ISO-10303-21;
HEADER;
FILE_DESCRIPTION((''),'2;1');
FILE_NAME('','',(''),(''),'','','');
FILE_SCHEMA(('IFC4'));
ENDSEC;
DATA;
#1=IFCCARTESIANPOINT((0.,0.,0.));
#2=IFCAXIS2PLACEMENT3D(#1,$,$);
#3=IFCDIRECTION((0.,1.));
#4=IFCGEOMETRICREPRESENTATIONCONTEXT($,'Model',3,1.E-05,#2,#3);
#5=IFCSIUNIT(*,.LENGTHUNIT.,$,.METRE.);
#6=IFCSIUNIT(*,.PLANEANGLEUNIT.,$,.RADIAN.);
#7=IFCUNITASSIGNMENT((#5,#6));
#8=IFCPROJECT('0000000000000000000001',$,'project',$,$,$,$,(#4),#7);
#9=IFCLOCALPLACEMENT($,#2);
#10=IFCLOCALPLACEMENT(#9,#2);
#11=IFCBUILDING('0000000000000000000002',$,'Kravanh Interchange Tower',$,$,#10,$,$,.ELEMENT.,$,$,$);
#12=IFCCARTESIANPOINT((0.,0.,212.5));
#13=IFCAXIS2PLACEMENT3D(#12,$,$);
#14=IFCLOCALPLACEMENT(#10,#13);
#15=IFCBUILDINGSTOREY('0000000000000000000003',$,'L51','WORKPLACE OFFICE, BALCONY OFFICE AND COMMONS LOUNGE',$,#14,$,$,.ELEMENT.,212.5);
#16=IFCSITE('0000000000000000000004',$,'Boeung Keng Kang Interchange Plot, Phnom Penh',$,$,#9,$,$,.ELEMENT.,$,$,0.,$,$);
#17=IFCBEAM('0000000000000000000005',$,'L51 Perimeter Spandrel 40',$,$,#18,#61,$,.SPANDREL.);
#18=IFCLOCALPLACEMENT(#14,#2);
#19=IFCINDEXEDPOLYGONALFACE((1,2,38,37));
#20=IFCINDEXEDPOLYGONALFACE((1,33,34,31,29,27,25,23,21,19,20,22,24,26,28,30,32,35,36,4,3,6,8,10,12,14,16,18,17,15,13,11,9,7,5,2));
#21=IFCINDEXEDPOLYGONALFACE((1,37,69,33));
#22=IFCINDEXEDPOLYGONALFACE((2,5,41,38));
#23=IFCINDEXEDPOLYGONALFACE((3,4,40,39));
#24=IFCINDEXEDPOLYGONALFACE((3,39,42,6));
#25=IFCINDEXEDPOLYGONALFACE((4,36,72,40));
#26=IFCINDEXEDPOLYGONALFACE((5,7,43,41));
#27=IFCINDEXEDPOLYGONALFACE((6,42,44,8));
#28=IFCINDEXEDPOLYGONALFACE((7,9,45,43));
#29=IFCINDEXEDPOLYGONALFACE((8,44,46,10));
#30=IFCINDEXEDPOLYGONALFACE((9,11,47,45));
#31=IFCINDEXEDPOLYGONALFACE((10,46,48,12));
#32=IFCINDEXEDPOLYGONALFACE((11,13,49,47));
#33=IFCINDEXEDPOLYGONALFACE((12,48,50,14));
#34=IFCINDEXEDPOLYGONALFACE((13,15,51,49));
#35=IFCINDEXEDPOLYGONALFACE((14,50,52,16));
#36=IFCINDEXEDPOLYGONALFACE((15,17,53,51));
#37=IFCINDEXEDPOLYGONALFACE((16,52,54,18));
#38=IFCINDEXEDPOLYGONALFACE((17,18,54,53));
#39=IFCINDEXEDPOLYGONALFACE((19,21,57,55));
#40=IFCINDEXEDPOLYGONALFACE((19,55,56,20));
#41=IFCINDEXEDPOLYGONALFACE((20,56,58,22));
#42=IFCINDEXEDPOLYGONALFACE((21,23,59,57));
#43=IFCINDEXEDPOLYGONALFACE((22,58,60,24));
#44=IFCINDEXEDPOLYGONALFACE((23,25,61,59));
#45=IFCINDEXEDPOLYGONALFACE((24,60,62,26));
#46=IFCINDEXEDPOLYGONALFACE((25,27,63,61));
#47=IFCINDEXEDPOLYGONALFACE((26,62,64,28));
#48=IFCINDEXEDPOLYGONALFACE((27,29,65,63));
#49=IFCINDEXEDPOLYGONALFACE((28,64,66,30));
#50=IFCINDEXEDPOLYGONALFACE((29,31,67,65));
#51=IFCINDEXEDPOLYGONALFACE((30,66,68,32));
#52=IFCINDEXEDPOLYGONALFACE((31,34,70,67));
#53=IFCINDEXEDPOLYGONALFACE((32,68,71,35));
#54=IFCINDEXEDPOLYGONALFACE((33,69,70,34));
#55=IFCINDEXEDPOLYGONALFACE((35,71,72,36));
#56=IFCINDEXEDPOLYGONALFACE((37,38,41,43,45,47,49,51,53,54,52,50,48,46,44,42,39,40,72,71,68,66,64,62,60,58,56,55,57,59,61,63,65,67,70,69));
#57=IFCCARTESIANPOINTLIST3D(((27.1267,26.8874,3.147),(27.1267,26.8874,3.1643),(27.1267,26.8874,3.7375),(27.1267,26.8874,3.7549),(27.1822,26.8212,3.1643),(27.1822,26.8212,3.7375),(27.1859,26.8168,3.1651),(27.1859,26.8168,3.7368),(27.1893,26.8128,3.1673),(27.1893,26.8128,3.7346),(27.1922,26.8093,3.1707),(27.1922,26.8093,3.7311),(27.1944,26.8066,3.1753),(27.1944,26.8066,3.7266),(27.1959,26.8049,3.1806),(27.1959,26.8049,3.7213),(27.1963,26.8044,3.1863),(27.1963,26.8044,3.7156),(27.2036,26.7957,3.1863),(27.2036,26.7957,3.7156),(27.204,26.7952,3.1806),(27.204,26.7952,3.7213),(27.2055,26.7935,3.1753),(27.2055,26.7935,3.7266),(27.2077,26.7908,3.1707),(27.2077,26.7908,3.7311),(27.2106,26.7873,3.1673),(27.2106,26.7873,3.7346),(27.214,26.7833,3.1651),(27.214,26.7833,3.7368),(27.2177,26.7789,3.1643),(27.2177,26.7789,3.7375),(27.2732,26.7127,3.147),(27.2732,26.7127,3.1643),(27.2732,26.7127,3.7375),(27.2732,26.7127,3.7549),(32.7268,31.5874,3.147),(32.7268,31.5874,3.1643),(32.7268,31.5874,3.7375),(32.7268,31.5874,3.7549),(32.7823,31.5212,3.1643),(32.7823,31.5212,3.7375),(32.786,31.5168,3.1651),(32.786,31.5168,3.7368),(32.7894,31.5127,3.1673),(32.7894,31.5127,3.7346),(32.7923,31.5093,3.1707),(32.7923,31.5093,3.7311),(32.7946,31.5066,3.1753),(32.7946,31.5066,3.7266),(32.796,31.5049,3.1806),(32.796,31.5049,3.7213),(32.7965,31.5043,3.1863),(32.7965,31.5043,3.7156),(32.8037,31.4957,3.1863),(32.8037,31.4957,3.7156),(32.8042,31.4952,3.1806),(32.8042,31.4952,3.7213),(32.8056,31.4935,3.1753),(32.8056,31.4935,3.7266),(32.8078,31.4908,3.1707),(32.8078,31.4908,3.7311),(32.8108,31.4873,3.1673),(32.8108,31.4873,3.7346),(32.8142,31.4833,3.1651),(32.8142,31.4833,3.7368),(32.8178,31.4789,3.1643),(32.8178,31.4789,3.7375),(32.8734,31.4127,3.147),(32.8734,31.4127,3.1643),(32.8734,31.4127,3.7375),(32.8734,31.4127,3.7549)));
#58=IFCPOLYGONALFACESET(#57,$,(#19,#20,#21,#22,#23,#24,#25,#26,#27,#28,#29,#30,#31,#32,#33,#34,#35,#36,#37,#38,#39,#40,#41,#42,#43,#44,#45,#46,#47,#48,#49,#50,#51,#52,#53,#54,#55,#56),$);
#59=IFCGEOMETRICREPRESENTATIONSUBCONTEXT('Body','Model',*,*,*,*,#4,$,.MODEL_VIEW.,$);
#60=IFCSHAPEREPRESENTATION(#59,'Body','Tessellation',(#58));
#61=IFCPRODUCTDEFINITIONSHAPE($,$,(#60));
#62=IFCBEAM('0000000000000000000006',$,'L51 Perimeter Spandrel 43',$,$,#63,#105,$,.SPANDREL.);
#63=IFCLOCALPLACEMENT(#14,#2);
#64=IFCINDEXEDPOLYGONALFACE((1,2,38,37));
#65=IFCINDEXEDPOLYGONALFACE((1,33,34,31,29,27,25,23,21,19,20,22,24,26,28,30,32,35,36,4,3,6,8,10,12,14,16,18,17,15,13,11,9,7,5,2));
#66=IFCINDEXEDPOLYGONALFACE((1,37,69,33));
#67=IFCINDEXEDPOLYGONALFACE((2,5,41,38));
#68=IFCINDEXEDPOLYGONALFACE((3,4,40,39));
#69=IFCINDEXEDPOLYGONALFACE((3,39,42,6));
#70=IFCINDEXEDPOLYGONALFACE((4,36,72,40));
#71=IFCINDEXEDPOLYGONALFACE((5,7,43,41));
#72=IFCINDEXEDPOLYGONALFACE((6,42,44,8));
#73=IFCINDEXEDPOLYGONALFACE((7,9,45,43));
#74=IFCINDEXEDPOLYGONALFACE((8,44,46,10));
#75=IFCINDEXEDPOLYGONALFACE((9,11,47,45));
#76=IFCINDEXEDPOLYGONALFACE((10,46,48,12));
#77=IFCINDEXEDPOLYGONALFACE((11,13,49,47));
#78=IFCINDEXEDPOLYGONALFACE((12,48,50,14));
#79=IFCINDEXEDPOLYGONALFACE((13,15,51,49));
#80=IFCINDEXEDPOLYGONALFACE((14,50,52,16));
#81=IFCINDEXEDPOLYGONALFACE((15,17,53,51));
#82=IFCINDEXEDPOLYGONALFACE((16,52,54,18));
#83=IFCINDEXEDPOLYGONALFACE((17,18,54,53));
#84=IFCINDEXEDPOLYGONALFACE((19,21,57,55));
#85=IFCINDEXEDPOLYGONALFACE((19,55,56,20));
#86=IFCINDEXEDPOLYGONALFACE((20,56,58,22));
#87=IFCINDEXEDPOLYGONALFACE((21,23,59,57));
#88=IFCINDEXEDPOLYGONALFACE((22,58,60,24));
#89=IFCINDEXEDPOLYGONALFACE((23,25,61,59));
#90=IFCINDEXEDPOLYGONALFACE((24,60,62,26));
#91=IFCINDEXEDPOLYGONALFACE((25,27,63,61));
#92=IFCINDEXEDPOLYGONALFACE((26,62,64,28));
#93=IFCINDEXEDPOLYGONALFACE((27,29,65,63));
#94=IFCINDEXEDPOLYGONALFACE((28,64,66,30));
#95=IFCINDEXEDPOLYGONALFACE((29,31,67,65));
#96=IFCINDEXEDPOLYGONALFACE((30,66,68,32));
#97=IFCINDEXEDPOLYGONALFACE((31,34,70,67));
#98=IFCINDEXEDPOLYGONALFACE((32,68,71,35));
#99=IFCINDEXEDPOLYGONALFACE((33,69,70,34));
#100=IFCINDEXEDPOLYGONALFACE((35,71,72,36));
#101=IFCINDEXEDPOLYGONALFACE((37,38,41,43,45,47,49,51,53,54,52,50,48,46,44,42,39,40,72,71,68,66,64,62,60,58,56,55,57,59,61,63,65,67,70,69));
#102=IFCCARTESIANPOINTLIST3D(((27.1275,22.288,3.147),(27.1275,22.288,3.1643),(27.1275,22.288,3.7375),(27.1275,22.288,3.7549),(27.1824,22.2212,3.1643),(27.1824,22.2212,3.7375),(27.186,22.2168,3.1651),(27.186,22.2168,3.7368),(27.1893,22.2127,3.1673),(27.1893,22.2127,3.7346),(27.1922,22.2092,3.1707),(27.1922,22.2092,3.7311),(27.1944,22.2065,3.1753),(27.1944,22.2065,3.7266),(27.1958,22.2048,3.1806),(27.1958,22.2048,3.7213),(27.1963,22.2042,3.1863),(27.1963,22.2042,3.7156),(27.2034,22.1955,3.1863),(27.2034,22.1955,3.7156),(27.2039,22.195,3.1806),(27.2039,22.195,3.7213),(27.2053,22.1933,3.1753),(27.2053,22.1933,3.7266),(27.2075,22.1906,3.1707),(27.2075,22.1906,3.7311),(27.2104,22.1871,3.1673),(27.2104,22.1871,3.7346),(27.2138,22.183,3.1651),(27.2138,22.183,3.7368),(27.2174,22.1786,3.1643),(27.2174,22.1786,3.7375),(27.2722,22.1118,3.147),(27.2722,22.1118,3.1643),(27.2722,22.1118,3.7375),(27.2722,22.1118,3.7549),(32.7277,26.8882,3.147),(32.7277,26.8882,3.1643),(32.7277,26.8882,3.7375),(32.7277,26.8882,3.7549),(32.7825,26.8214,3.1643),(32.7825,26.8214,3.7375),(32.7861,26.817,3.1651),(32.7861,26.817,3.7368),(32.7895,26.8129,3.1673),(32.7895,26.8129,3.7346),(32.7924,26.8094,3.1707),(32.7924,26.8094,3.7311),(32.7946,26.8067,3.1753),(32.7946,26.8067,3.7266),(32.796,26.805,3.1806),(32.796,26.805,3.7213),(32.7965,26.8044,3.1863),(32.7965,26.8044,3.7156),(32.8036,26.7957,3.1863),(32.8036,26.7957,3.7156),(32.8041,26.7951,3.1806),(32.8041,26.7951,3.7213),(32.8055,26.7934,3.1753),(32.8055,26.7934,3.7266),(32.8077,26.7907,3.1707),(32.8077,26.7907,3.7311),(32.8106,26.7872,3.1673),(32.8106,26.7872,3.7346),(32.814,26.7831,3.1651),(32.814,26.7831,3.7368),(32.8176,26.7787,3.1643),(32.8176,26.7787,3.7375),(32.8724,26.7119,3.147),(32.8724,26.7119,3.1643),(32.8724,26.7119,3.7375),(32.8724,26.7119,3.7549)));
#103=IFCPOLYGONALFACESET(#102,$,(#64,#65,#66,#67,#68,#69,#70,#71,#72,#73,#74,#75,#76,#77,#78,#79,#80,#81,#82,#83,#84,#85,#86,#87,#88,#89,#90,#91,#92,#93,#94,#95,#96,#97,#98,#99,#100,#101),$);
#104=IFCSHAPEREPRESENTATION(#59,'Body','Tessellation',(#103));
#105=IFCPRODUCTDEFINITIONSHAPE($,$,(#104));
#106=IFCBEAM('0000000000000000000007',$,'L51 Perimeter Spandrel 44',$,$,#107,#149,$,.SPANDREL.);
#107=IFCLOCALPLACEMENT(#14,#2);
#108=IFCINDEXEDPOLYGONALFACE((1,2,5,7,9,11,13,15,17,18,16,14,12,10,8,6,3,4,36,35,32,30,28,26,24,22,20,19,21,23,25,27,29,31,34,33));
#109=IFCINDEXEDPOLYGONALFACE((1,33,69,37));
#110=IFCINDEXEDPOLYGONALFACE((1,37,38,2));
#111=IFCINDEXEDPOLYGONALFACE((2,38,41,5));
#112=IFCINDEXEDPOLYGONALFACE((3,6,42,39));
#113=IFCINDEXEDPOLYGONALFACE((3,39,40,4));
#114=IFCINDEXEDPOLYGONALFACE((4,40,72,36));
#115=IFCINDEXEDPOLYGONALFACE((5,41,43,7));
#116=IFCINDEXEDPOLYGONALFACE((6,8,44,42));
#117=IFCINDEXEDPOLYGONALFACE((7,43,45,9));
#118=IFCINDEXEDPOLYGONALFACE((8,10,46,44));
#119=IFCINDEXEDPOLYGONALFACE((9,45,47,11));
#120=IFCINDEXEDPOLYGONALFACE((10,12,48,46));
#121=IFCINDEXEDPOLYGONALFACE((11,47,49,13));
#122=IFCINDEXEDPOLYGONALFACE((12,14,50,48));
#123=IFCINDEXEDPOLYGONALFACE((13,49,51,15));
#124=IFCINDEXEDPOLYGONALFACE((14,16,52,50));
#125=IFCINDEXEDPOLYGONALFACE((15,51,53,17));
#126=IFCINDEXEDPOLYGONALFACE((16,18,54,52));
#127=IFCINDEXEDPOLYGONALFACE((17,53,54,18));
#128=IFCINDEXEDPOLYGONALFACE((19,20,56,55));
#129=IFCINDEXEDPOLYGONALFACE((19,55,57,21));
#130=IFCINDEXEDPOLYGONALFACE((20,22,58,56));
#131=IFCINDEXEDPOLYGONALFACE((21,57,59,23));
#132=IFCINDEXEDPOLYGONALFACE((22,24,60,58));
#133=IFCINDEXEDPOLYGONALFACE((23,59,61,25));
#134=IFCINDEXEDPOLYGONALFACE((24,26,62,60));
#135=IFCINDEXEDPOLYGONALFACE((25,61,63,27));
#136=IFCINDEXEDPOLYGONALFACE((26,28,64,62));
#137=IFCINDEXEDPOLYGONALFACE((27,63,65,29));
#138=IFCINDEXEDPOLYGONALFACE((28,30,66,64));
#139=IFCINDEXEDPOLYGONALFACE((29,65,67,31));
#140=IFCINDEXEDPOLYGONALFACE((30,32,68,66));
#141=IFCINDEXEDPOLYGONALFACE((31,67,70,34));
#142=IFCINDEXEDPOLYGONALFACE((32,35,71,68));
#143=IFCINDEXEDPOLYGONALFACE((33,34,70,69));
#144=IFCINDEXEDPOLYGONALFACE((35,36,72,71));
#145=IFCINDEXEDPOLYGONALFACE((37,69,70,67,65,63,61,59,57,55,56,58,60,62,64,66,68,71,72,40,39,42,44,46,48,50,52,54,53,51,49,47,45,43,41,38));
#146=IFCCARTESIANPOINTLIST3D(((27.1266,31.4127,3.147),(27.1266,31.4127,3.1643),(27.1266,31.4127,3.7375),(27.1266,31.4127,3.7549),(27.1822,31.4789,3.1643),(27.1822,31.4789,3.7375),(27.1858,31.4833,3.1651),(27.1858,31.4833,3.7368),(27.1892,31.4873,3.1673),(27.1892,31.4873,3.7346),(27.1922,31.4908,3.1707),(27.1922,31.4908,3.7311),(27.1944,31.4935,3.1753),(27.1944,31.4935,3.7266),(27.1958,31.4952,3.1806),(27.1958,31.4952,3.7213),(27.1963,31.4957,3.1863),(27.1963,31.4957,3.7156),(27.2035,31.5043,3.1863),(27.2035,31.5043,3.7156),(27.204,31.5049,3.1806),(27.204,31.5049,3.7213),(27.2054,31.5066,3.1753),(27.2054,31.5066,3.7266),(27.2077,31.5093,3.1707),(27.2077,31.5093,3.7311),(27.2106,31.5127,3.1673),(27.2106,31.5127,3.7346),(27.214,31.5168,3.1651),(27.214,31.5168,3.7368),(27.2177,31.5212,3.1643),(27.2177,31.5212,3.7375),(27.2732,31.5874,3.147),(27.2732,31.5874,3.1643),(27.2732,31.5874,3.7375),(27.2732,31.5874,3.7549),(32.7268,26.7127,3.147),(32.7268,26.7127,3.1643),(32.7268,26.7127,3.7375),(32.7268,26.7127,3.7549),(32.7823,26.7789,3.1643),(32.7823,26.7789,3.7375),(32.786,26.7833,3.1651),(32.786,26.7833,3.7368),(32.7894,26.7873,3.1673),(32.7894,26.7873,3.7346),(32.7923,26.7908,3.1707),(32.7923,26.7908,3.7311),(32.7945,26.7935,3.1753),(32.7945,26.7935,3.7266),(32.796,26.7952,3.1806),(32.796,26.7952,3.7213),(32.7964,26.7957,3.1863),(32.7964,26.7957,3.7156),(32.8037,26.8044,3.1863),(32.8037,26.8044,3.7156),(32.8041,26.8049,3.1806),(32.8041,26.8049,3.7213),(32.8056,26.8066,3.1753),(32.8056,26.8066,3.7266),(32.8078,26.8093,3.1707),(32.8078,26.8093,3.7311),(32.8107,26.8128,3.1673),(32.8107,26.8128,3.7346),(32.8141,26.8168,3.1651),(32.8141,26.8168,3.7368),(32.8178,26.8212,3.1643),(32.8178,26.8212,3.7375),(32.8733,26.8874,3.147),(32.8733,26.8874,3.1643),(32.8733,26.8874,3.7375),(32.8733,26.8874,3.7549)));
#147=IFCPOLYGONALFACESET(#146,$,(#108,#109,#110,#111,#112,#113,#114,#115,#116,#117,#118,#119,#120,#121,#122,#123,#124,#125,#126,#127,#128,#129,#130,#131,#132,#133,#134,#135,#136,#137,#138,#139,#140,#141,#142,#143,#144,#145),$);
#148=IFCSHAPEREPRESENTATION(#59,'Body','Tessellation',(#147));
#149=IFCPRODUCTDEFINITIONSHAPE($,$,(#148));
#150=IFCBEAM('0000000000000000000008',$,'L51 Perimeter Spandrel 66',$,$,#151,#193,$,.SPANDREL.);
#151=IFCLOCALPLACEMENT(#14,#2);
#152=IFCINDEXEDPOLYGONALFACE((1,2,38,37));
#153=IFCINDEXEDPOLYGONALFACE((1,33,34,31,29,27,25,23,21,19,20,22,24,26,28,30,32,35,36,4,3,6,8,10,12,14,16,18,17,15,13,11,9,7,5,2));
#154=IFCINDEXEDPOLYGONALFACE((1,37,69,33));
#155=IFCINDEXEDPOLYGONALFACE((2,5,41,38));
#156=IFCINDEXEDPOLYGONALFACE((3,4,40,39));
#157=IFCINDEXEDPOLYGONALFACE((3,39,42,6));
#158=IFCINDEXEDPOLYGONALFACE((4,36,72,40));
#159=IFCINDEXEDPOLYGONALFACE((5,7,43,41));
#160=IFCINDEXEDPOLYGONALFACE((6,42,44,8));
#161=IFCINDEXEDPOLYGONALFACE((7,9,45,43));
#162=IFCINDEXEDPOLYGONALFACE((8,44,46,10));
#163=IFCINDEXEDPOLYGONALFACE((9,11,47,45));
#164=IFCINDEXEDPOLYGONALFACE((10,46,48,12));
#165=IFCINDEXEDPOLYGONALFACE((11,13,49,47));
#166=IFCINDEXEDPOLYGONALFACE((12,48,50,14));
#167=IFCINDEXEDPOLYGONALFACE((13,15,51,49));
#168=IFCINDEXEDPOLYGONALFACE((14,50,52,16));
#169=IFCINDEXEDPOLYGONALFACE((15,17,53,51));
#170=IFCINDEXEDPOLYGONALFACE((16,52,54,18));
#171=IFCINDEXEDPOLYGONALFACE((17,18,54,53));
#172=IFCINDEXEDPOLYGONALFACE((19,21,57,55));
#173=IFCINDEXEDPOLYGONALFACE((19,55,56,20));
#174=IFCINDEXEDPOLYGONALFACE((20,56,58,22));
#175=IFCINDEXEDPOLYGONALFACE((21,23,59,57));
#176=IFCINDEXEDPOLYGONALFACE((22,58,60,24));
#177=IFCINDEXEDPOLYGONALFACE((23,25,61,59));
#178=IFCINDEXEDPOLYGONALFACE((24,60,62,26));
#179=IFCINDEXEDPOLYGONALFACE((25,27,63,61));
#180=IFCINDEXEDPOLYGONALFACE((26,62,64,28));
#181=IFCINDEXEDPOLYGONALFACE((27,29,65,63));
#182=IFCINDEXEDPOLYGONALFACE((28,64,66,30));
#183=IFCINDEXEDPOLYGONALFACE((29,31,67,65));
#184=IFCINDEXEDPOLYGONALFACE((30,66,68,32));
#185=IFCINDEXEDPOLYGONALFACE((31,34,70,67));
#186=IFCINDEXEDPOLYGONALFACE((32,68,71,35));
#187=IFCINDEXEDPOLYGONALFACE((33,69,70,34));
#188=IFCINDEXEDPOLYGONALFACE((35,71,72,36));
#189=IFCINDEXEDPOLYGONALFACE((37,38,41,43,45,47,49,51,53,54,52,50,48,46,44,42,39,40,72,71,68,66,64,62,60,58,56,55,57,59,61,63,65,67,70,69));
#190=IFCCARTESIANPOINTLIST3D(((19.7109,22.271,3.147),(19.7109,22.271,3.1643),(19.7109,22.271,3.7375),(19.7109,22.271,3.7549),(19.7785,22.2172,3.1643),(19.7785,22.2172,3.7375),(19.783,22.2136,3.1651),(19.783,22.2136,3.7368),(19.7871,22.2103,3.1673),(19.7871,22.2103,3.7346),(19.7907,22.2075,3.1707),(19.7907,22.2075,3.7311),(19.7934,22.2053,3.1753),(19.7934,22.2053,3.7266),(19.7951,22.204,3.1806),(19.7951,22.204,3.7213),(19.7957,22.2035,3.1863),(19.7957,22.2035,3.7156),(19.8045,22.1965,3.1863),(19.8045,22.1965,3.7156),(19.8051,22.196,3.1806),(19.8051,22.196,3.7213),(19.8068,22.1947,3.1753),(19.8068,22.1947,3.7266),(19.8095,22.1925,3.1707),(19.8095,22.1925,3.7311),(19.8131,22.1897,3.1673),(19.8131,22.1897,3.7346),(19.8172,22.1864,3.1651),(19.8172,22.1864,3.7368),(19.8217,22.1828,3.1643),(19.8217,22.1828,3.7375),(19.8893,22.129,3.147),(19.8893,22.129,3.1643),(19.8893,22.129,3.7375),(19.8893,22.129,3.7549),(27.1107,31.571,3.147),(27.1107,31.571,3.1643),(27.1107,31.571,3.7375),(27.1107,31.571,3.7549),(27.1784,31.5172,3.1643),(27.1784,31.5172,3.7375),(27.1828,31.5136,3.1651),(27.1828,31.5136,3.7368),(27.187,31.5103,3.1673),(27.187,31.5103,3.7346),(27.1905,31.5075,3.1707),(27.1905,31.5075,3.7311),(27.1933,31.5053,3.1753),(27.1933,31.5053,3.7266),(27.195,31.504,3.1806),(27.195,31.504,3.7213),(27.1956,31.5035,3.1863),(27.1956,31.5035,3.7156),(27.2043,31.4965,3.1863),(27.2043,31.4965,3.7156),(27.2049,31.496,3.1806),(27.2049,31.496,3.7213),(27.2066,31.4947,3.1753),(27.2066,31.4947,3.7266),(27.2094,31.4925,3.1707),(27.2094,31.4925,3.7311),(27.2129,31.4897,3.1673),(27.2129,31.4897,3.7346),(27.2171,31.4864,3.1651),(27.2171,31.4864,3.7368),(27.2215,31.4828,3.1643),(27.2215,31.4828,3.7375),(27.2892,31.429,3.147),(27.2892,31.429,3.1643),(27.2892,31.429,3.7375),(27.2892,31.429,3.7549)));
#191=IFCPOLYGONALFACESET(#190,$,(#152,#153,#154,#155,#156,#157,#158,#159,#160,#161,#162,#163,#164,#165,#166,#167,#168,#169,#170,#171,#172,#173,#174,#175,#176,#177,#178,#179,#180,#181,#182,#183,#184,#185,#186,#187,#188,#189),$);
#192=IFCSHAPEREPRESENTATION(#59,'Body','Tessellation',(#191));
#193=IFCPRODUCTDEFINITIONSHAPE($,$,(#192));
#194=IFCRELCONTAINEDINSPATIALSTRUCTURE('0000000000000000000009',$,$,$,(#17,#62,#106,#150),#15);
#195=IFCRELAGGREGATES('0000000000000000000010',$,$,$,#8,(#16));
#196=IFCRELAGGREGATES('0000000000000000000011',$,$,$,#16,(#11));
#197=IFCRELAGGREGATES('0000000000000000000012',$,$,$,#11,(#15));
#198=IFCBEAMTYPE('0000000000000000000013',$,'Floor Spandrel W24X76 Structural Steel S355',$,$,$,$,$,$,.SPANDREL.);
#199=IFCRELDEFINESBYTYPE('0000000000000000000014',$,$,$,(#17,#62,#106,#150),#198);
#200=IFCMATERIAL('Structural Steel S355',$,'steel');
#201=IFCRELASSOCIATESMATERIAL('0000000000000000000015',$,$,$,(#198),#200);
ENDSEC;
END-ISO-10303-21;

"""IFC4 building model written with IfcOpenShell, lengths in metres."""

from ifc_helpers import new_model, si_unit, direction, frame, origin, origin_2d, place, context, subcontext, project, spatial, i_section, extrude, material, material_profile, profile_set, type_object, element, save


model = new_model("IFC4")

# Units and contexts
model_context = context("Model", 3, precision=1e-05, world=origin(), true_north=direction((0.0, 1.0)))
body_context = subcontext(model_context, "Body", "Model", "MODEL_VIEW")
ifc_project = project(units=[si_unit("LENGTHUNIT", "METRE"), si_unit("PLANEANGLEUNIT", "RADIAN")], contexts=[model_context])

# Site, building, storey
site_placement = place(None, origin())
site = spatial("IfcSite", under=ifc_project, at=site_placement, Name="Boeung Keng Kang Interchange Plot, Phnom Penh", CompositionType="ELEMENT", RefElevation=0.0)
building_placement = place(site_placement, origin())
building = spatial("IfcBuilding", under=site, at=building_placement, Name="Kravanh Interchange Tower", CompositionType="ELEMENT")
storey_placement = place(building_placement, frame((0.0, 0.0, 212.5)))
storey = spatial("IfcBuildingStorey", under=building, at=storey_placement, Name="L51", Description="WORKPLACE OFFICE, BALCONY OFFICE AND COMMONS LOUNGE", CompositionType="ELEMENT", Elevation=212.5)

# Beams
ifc_material_1 = material(Name="Structural Steel S355", Category="steel")
ifc_material_profile_1 = material_profile(ifc_material_1, i_section(OverallWidth=0.228, OverallDepth=0.6079, WebThickness=0.0112, FlangeThickness=0.0173, FilletRadius=0.022, at=origin_2d()), Name="W24X76")
ifc_profile_set_1 = profile_set([ifc_material_profile_1], Name="Structural Steel S355")
beam_type_1 = type_object("IfcBeamType", Name="Floor Spandrel W24X76 Structural Steel S355", PredefinedType="SPANDREL", material=ifc_profile_set_1)
beam_1_placement = place(storey_placement, frame((27.2, 26.8, 3.4509), z_axis=(0.765983, 0.642861, 0.0), x_axis=(-0.642861, 0.765983, 0.0)))
element("IfcBeam", 1, at=beam_1_placement, inside=storey, type_object=beam_type_1, Name="L51 Perimeter Spandrel 40", PredefinedType="SPANDREL", context=body_context, shape_type="SweptSolid", body=[
    extrude(i_section(OverallWidth=0.228, OverallDepth=0.6079, WebThickness=0.0112, FlangeThickness=0.0173, FilletRadius=0.022, at=origin_2d()), origin(), (0.0, 0.0, 1.0), 7.311),
])
beam_2_placement = place(storey_placement, frame((32.8, 26.8, 3.4509), z_axis=(-0.772725, -0.634741, 0.0), x_axis=(0.634741, -0.772725, 0.0)))
element("IfcBeam", 2, at=beam_2_placement, inside=storey, type_object=beam_type_1, Name="L51 Perimeter Spandrel 43", PredefinedType="SPANDREL", context=body_context, shape_type="SweptSolid", body=[
    extrude(i_section(OverallWidth=0.228, OverallDepth=0.6079, WebThickness=0.0112, FlangeThickness=0.0173, FilletRadius=0.022, at=origin_2d()), origin(), (0.0, 0.0, 1.0), 7.2473),
])
beam_3_placement = place(storey_placement, frame((32.8, 26.8, 3.4509), z_axis=(-0.765983, 0.642861, 0.0), x_axis=(-0.642861, -0.765983, 0.0)))
element("IfcBeam", 3, at=beam_3_placement, inside=storey, type_object=beam_type_1, Name="L51 Perimeter Spandrel 44", PredefinedType="SPANDREL", context=body_context, shape_type="SweptSolid", body=[
    extrude(i_section(OverallWidth=0.228, OverallDepth=0.6079, WebThickness=0.0112, FlangeThickness=0.0173, FilletRadius=0.022, at=origin_2d()), origin(), (0.0, 0.0, 1.0), 7.311),
])
beam_4_placement = place(storey_placement, frame((27.2, 31.5, 3.4509), z_axis=(-0.622634, -0.782513, 0.0), x_axis=(0.782513, -0.622634, 0.0)))
element("IfcBeam", 4, at=beam_4_placement, inside=storey, type_object=beam_type_1, Name="L51 Perimeter Spandrel 66", PredefinedType="SPANDREL", context=body_context, shape_type="SweptSolid", body=[
    extrude(i_section(OverallWidth=0.228, OverallDepth=0.6079, WebThickness=0.0112, FlangeThickness=0.0173, FilletRadius=0.022, at=origin_2d()), origin(), (0.0, 0.0, 1.0), 11.8848),
])

save(model, "model.ifc")
